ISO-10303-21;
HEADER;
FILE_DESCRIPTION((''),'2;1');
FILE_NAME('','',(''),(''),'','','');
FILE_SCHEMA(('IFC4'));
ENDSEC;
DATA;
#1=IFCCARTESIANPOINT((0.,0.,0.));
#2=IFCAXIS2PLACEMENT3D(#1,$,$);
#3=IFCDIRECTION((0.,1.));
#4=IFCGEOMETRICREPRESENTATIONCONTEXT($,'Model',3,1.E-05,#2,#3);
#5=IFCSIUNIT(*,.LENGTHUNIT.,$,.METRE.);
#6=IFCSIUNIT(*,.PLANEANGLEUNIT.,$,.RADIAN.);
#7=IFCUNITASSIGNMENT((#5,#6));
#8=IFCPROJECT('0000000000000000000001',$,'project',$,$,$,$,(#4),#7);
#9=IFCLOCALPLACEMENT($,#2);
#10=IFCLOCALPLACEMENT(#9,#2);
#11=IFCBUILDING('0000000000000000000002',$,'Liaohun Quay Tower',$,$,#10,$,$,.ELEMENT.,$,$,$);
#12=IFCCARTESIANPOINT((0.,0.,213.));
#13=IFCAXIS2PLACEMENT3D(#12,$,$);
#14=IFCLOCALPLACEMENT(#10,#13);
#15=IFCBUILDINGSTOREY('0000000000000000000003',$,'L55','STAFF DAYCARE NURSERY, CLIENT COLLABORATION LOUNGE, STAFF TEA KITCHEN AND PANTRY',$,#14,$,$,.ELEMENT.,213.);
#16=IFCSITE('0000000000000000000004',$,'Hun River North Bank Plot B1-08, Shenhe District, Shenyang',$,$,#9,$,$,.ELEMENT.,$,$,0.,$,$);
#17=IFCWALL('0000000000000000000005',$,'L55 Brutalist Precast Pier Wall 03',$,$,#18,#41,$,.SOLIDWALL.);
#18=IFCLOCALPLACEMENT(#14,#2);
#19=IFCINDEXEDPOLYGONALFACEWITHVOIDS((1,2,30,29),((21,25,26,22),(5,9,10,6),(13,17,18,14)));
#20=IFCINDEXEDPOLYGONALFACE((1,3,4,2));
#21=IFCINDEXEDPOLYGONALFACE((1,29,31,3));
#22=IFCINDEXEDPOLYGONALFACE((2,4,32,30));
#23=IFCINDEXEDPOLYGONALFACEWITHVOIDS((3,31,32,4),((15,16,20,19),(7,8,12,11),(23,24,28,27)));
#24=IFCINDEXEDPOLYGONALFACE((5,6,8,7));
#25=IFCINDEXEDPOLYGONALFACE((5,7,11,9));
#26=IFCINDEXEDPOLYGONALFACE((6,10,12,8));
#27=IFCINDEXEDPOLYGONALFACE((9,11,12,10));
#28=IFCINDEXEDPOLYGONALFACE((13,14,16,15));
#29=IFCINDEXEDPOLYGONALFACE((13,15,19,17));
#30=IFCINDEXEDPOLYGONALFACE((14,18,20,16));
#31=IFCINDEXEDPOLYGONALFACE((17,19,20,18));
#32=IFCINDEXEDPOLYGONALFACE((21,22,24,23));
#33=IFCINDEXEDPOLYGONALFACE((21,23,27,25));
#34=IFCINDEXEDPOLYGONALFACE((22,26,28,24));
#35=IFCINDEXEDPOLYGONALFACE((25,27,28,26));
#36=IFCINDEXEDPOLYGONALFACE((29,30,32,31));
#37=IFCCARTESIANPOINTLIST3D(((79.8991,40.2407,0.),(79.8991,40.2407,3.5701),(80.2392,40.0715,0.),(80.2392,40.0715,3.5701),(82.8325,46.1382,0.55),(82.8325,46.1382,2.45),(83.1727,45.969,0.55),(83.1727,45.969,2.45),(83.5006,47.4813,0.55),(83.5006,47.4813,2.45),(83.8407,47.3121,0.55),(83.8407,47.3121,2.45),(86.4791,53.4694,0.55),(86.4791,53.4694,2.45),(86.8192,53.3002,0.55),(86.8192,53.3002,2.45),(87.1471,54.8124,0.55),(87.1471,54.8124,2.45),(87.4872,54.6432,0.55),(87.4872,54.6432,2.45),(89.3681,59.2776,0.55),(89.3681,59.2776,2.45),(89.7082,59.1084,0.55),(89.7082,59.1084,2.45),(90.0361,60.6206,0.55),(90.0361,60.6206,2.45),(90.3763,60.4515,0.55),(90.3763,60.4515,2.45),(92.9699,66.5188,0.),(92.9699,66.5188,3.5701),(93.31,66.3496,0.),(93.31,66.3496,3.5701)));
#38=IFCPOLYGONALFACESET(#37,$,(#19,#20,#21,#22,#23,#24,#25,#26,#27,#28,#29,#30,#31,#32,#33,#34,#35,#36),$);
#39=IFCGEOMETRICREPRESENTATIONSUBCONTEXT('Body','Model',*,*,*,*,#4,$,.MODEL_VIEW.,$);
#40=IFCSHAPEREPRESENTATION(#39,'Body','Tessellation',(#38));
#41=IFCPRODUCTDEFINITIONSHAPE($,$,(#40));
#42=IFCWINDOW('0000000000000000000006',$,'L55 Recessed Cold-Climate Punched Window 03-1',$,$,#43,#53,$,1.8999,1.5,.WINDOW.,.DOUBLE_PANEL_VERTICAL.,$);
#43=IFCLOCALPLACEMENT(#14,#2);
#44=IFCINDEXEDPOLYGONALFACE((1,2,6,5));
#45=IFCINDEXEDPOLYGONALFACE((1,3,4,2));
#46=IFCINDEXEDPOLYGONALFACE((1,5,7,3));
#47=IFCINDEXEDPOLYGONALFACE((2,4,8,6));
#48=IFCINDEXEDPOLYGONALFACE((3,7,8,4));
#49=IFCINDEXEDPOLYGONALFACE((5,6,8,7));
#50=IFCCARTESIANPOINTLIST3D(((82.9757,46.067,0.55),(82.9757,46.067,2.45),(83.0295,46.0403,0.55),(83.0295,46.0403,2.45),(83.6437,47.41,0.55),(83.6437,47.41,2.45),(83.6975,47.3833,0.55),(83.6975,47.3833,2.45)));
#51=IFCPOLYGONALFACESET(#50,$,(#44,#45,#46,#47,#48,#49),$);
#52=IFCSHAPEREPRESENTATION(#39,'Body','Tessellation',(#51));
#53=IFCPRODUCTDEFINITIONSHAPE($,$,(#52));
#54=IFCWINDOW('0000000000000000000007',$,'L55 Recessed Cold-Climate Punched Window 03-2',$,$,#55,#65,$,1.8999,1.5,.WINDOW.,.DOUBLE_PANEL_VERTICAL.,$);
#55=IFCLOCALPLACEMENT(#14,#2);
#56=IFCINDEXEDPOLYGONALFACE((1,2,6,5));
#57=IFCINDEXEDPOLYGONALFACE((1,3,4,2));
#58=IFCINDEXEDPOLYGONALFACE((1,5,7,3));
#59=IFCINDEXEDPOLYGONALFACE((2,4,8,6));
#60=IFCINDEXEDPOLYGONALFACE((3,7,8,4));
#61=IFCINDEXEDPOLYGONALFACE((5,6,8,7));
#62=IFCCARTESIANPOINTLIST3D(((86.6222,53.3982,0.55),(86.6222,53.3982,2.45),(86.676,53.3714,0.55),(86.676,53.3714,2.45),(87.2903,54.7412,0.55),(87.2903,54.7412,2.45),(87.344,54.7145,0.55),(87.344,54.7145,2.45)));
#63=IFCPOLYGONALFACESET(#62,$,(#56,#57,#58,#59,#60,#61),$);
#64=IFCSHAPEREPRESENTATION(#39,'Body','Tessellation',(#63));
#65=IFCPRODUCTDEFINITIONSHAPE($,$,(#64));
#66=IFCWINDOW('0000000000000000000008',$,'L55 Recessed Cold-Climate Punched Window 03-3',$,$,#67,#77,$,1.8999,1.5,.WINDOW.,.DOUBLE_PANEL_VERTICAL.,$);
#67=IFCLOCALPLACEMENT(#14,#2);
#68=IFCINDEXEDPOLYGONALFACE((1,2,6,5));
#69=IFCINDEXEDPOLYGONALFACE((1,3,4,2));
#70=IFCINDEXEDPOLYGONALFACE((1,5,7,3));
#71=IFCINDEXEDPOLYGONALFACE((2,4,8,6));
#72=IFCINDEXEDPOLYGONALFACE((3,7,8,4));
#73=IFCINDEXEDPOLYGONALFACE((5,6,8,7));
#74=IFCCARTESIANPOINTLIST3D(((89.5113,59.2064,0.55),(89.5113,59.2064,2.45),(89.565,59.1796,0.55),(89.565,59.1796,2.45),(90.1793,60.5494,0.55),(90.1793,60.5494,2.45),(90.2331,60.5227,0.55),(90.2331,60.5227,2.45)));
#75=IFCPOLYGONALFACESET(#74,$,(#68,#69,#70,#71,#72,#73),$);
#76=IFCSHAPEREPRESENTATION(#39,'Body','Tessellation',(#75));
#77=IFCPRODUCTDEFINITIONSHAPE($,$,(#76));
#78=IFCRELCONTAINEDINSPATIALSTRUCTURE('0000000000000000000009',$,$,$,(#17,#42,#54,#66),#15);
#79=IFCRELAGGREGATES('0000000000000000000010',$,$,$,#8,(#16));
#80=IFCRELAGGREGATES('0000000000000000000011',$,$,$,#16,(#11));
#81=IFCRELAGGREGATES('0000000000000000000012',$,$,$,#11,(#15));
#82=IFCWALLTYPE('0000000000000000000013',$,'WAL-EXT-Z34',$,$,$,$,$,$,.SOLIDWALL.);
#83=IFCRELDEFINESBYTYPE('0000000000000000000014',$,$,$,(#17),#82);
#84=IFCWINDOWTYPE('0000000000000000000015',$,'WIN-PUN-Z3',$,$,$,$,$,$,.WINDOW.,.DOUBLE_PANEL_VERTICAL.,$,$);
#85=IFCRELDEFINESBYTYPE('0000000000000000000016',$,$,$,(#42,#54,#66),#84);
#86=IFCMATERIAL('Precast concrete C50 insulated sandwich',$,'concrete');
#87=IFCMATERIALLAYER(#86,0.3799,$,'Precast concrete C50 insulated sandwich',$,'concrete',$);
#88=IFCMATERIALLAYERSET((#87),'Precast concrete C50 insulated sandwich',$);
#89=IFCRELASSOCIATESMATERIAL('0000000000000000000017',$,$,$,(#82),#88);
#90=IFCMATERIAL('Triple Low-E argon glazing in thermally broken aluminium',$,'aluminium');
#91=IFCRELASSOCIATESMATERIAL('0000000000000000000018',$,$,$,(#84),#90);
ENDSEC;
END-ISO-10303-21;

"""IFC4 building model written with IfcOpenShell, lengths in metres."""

from ifc_helpers import new_model, si_unit, direction, frame, frame_2d, origin, place, context, subcontext, project, spatial, rectangle, extrude, source, transform, mapped, material, layer, layer_set, type_object, element, fill, save


model = new_model("IFC4")

# Units and contexts
model_context = context("Model", 3, precision=1e-05, world=origin(), true_north=direction((0.0, 1.0)))
body_context = subcontext(model_context, "Body", "Model", "MODEL_VIEW")
ifc_project = project(units=[si_unit("LENGTHUNIT", "METRE"), si_unit("PLANEANGLEUNIT", "RADIAN")], contexts=[model_context])

# Site, building, storey
site_placement = place(None, origin())
site = spatial("IfcSite", under=ifc_project, at=site_placement, Name="Hun River North Bank Plot B1-08, Shenhe District, Shenyang", CompositionType="ELEMENT", RefElevation=0.0)
building_placement = place(site_placement, origin())
building = spatial("IfcBuilding", under=site, at=building_placement, Name="Liaohun Quay Tower", CompositionType="ELEMENT")
storey_placement = place(building_placement, frame((0.0, 0.0, 213.0)))
storey = spatial("IfcBuildingStorey", under=building, at=storey_placement, Name="L55", Description="STAFF DAYCARE NURSERY, CLIENT COLLABORATION LOUNGE, STAFF TEA KITCHEN AND PANTRY", CompositionType="ELEMENT", Elevation=213.0)

# Shared definitions
ifc_material_1 = material(Name="Precast concrete C50 insulated sandwich", Category="concrete")
ifc_layer_1 = layer(ifc_material_1, 0.3799, Name="Precast concrete C50 insulated sandwich", Category="concrete")
ifc_layer_set_1 = layer_set([ifc_layer_1], Name="Precast concrete C50 insulated sandwich")
wall_type_1 = type_object("IfcWallType", Name="WAL-EXT-Z34", PredefinedType="SOLIDWALL", material=ifc_layer_set_1)

# Wall, openings, windows
shared_shape_1 = source(origin(), body_context, "Body", "SweptSolid", [
    extrude(rectangle(XDim=1.5, YDim=1.8999, at=frame_2d((0.75, 0.95))), frame((0.0, 0.2, 0.0), z_axis=(0.0, -1.0, 0.0), x_axis=(1.0, 0.0, 0.0)), (0.0, 0.0, 1.0), 0.3999),
])
ifc_material_2 = material(Name="Triple Low-E argon glazing in thermally broken aluminium", Category="aluminium")
window_type_1 = type_object("IfcWindowType", Name="WIN-PUN-Z3", PartitioningType="DOUBLE_PANEL_VERTICAL", PredefinedType="WINDOW", material=ifc_material_2)
shared_shape_2 = source(origin(), body_context, "Body", "SweptSolid", [
    extrude(rectangle(XDim=1.5, YDim=1.8999, at=frame_2d((0.75, 0.95))), frame((0.0, 0.03, 0.0), z_axis=(0.0, -1.0, 0.0), x_axis=(1.0, 0.0, 0.0)), (0.0, 0.0, 1.0), 0.0601),
])
wall_1_placement = place(storey_placement, frame((80.0691, 40.156, 0.0), z_axis=(0.0, 0.0, 1.0), x_axis=(0.445353, 0.895355, 0.0)))
wall_1 = element("IfcWall", 1, at=wall_1_placement, inside=storey, type_object=wall_type_1, Name="L55 Brutalist Precast Pier Wall 03", PredefinedType="SOLIDWALL", context=body_context, shape_type="SweptSolid", body=[
    extrude(rectangle(XDim=29.3494, YDim=0.3799, at=frame_2d((14.6748, 0.0))), origin(), (0.0, 0.0, 1.0), 3.5701),
])
opening_1_placement = place(wall_1_placement, frame((6.5869, 0.0, 0.55)))
opening_1 = element("IfcOpeningElement", 2, at=opening_1_placement, cuts=wall_1, PredefinedType="OPENING", context=body_context, shape_type="MappedRepresentation", body=[
    mapped(shared_shape_1, transform((0.0, 0.0, 0.0), x_axis=(1.0, 0.0, 0.0), y_axis=(0.0, 1.0, 0.0), z_axis=(0.0, 0.0, 1.0), scale=1.0)),
])
opening_2_placement = place(wall_1_placement, frame((14.7749, 0.0, 0.55)))
opening_2 = element("IfcOpeningElement", 3, at=opening_2_placement, cuts=wall_1, PredefinedType="OPENING", context=body_context, shape_type="MappedRepresentation", body=[
    mapped(shared_shape_1, transform((0.0, 0.0, 0.0), x_axis=(1.0, 0.0, 0.0), y_axis=(0.0, 1.0, 0.0), z_axis=(0.0, 0.0, 1.0), scale=1.0)),
])
opening_3_placement = place(wall_1_placement, frame((21.262, 0.0, 0.55)))
opening_3 = element("IfcOpeningElement", 4, at=opening_3_placement, cuts=wall_1, PredefinedType="OPENING", context=body_context, shape_type="MappedRepresentation", body=[
    mapped(shared_shape_1, transform((0.0, 0.0, 0.0), x_axis=(1.0, 0.0, 0.0), y_axis=(0.0, 1.0, 0.0), z_axis=(0.0, 0.0, 1.0), scale=1.0)),
])
window_1_placement = place(opening_1_placement, origin())
window_1 = element("IfcWindow", 5, at=window_1_placement, inside=storey, type_object=window_type_1, Name="L55 Recessed Cold-Climate Punched Window 03-1", OverallHeight=1.8999, OverallWidth=1.5, PartitioningType="DOUBLE_PANEL_VERTICAL", PredefinedType="WINDOW", context=body_context, shape_type="MappedRepresentation", body=[
    mapped(shared_shape_2, transform((0.0, 0.0, 0.0), x_axis=(1.0, 0.0, 0.0), y_axis=(0.0, 1.0, 0.0), z_axis=(0.0, 0.0, 1.0), scale=1.0)),
])
fill(opening_1, window_1)
window_2_placement = place(opening_2_placement, origin())
window_2 = element("IfcWindow", 6, at=window_2_placement, inside=storey, type_object=window_type_1, Name="L55 Recessed Cold-Climate Punched Window 03-2", OverallHeight=1.8999, OverallWidth=1.5, PartitioningType="DOUBLE_PANEL_VERTICAL", PredefinedType="WINDOW", context=body_context, shape_type="MappedRepresentation", body=[
    mapped(shared_shape_2, transform((0.0, 0.0, 0.0), x_axis=(1.0, 0.0, 0.0), y_axis=(0.0, 1.0, 0.0), z_axis=(0.0, 0.0, 1.0), scale=1.0)),
])
fill(opening_2, window_2)
window_3_placement = place(opening_3_placement, origin())
window_3 = element("IfcWindow", 7, at=window_3_placement, inside=storey, type_object=window_type_1, Name="L55 Recessed Cold-Climate Punched Window 03-3", OverallHeight=1.8999, OverallWidth=1.5, PartitioningType="DOUBLE_PANEL_VERTICAL", PredefinedType="WINDOW", context=body_context, shape_type="MappedRepresentation", body=[
    mapped(shared_shape_2, transform((0.0, 0.0, 0.0), x_axis=(1.0, 0.0, 0.0), y_axis=(0.0, 1.0, 0.0), z_axis=(0.0, 0.0, 1.0), scale=1.0)),
])
fill(opening_3, window_3)

save(model, "model.ifc")
